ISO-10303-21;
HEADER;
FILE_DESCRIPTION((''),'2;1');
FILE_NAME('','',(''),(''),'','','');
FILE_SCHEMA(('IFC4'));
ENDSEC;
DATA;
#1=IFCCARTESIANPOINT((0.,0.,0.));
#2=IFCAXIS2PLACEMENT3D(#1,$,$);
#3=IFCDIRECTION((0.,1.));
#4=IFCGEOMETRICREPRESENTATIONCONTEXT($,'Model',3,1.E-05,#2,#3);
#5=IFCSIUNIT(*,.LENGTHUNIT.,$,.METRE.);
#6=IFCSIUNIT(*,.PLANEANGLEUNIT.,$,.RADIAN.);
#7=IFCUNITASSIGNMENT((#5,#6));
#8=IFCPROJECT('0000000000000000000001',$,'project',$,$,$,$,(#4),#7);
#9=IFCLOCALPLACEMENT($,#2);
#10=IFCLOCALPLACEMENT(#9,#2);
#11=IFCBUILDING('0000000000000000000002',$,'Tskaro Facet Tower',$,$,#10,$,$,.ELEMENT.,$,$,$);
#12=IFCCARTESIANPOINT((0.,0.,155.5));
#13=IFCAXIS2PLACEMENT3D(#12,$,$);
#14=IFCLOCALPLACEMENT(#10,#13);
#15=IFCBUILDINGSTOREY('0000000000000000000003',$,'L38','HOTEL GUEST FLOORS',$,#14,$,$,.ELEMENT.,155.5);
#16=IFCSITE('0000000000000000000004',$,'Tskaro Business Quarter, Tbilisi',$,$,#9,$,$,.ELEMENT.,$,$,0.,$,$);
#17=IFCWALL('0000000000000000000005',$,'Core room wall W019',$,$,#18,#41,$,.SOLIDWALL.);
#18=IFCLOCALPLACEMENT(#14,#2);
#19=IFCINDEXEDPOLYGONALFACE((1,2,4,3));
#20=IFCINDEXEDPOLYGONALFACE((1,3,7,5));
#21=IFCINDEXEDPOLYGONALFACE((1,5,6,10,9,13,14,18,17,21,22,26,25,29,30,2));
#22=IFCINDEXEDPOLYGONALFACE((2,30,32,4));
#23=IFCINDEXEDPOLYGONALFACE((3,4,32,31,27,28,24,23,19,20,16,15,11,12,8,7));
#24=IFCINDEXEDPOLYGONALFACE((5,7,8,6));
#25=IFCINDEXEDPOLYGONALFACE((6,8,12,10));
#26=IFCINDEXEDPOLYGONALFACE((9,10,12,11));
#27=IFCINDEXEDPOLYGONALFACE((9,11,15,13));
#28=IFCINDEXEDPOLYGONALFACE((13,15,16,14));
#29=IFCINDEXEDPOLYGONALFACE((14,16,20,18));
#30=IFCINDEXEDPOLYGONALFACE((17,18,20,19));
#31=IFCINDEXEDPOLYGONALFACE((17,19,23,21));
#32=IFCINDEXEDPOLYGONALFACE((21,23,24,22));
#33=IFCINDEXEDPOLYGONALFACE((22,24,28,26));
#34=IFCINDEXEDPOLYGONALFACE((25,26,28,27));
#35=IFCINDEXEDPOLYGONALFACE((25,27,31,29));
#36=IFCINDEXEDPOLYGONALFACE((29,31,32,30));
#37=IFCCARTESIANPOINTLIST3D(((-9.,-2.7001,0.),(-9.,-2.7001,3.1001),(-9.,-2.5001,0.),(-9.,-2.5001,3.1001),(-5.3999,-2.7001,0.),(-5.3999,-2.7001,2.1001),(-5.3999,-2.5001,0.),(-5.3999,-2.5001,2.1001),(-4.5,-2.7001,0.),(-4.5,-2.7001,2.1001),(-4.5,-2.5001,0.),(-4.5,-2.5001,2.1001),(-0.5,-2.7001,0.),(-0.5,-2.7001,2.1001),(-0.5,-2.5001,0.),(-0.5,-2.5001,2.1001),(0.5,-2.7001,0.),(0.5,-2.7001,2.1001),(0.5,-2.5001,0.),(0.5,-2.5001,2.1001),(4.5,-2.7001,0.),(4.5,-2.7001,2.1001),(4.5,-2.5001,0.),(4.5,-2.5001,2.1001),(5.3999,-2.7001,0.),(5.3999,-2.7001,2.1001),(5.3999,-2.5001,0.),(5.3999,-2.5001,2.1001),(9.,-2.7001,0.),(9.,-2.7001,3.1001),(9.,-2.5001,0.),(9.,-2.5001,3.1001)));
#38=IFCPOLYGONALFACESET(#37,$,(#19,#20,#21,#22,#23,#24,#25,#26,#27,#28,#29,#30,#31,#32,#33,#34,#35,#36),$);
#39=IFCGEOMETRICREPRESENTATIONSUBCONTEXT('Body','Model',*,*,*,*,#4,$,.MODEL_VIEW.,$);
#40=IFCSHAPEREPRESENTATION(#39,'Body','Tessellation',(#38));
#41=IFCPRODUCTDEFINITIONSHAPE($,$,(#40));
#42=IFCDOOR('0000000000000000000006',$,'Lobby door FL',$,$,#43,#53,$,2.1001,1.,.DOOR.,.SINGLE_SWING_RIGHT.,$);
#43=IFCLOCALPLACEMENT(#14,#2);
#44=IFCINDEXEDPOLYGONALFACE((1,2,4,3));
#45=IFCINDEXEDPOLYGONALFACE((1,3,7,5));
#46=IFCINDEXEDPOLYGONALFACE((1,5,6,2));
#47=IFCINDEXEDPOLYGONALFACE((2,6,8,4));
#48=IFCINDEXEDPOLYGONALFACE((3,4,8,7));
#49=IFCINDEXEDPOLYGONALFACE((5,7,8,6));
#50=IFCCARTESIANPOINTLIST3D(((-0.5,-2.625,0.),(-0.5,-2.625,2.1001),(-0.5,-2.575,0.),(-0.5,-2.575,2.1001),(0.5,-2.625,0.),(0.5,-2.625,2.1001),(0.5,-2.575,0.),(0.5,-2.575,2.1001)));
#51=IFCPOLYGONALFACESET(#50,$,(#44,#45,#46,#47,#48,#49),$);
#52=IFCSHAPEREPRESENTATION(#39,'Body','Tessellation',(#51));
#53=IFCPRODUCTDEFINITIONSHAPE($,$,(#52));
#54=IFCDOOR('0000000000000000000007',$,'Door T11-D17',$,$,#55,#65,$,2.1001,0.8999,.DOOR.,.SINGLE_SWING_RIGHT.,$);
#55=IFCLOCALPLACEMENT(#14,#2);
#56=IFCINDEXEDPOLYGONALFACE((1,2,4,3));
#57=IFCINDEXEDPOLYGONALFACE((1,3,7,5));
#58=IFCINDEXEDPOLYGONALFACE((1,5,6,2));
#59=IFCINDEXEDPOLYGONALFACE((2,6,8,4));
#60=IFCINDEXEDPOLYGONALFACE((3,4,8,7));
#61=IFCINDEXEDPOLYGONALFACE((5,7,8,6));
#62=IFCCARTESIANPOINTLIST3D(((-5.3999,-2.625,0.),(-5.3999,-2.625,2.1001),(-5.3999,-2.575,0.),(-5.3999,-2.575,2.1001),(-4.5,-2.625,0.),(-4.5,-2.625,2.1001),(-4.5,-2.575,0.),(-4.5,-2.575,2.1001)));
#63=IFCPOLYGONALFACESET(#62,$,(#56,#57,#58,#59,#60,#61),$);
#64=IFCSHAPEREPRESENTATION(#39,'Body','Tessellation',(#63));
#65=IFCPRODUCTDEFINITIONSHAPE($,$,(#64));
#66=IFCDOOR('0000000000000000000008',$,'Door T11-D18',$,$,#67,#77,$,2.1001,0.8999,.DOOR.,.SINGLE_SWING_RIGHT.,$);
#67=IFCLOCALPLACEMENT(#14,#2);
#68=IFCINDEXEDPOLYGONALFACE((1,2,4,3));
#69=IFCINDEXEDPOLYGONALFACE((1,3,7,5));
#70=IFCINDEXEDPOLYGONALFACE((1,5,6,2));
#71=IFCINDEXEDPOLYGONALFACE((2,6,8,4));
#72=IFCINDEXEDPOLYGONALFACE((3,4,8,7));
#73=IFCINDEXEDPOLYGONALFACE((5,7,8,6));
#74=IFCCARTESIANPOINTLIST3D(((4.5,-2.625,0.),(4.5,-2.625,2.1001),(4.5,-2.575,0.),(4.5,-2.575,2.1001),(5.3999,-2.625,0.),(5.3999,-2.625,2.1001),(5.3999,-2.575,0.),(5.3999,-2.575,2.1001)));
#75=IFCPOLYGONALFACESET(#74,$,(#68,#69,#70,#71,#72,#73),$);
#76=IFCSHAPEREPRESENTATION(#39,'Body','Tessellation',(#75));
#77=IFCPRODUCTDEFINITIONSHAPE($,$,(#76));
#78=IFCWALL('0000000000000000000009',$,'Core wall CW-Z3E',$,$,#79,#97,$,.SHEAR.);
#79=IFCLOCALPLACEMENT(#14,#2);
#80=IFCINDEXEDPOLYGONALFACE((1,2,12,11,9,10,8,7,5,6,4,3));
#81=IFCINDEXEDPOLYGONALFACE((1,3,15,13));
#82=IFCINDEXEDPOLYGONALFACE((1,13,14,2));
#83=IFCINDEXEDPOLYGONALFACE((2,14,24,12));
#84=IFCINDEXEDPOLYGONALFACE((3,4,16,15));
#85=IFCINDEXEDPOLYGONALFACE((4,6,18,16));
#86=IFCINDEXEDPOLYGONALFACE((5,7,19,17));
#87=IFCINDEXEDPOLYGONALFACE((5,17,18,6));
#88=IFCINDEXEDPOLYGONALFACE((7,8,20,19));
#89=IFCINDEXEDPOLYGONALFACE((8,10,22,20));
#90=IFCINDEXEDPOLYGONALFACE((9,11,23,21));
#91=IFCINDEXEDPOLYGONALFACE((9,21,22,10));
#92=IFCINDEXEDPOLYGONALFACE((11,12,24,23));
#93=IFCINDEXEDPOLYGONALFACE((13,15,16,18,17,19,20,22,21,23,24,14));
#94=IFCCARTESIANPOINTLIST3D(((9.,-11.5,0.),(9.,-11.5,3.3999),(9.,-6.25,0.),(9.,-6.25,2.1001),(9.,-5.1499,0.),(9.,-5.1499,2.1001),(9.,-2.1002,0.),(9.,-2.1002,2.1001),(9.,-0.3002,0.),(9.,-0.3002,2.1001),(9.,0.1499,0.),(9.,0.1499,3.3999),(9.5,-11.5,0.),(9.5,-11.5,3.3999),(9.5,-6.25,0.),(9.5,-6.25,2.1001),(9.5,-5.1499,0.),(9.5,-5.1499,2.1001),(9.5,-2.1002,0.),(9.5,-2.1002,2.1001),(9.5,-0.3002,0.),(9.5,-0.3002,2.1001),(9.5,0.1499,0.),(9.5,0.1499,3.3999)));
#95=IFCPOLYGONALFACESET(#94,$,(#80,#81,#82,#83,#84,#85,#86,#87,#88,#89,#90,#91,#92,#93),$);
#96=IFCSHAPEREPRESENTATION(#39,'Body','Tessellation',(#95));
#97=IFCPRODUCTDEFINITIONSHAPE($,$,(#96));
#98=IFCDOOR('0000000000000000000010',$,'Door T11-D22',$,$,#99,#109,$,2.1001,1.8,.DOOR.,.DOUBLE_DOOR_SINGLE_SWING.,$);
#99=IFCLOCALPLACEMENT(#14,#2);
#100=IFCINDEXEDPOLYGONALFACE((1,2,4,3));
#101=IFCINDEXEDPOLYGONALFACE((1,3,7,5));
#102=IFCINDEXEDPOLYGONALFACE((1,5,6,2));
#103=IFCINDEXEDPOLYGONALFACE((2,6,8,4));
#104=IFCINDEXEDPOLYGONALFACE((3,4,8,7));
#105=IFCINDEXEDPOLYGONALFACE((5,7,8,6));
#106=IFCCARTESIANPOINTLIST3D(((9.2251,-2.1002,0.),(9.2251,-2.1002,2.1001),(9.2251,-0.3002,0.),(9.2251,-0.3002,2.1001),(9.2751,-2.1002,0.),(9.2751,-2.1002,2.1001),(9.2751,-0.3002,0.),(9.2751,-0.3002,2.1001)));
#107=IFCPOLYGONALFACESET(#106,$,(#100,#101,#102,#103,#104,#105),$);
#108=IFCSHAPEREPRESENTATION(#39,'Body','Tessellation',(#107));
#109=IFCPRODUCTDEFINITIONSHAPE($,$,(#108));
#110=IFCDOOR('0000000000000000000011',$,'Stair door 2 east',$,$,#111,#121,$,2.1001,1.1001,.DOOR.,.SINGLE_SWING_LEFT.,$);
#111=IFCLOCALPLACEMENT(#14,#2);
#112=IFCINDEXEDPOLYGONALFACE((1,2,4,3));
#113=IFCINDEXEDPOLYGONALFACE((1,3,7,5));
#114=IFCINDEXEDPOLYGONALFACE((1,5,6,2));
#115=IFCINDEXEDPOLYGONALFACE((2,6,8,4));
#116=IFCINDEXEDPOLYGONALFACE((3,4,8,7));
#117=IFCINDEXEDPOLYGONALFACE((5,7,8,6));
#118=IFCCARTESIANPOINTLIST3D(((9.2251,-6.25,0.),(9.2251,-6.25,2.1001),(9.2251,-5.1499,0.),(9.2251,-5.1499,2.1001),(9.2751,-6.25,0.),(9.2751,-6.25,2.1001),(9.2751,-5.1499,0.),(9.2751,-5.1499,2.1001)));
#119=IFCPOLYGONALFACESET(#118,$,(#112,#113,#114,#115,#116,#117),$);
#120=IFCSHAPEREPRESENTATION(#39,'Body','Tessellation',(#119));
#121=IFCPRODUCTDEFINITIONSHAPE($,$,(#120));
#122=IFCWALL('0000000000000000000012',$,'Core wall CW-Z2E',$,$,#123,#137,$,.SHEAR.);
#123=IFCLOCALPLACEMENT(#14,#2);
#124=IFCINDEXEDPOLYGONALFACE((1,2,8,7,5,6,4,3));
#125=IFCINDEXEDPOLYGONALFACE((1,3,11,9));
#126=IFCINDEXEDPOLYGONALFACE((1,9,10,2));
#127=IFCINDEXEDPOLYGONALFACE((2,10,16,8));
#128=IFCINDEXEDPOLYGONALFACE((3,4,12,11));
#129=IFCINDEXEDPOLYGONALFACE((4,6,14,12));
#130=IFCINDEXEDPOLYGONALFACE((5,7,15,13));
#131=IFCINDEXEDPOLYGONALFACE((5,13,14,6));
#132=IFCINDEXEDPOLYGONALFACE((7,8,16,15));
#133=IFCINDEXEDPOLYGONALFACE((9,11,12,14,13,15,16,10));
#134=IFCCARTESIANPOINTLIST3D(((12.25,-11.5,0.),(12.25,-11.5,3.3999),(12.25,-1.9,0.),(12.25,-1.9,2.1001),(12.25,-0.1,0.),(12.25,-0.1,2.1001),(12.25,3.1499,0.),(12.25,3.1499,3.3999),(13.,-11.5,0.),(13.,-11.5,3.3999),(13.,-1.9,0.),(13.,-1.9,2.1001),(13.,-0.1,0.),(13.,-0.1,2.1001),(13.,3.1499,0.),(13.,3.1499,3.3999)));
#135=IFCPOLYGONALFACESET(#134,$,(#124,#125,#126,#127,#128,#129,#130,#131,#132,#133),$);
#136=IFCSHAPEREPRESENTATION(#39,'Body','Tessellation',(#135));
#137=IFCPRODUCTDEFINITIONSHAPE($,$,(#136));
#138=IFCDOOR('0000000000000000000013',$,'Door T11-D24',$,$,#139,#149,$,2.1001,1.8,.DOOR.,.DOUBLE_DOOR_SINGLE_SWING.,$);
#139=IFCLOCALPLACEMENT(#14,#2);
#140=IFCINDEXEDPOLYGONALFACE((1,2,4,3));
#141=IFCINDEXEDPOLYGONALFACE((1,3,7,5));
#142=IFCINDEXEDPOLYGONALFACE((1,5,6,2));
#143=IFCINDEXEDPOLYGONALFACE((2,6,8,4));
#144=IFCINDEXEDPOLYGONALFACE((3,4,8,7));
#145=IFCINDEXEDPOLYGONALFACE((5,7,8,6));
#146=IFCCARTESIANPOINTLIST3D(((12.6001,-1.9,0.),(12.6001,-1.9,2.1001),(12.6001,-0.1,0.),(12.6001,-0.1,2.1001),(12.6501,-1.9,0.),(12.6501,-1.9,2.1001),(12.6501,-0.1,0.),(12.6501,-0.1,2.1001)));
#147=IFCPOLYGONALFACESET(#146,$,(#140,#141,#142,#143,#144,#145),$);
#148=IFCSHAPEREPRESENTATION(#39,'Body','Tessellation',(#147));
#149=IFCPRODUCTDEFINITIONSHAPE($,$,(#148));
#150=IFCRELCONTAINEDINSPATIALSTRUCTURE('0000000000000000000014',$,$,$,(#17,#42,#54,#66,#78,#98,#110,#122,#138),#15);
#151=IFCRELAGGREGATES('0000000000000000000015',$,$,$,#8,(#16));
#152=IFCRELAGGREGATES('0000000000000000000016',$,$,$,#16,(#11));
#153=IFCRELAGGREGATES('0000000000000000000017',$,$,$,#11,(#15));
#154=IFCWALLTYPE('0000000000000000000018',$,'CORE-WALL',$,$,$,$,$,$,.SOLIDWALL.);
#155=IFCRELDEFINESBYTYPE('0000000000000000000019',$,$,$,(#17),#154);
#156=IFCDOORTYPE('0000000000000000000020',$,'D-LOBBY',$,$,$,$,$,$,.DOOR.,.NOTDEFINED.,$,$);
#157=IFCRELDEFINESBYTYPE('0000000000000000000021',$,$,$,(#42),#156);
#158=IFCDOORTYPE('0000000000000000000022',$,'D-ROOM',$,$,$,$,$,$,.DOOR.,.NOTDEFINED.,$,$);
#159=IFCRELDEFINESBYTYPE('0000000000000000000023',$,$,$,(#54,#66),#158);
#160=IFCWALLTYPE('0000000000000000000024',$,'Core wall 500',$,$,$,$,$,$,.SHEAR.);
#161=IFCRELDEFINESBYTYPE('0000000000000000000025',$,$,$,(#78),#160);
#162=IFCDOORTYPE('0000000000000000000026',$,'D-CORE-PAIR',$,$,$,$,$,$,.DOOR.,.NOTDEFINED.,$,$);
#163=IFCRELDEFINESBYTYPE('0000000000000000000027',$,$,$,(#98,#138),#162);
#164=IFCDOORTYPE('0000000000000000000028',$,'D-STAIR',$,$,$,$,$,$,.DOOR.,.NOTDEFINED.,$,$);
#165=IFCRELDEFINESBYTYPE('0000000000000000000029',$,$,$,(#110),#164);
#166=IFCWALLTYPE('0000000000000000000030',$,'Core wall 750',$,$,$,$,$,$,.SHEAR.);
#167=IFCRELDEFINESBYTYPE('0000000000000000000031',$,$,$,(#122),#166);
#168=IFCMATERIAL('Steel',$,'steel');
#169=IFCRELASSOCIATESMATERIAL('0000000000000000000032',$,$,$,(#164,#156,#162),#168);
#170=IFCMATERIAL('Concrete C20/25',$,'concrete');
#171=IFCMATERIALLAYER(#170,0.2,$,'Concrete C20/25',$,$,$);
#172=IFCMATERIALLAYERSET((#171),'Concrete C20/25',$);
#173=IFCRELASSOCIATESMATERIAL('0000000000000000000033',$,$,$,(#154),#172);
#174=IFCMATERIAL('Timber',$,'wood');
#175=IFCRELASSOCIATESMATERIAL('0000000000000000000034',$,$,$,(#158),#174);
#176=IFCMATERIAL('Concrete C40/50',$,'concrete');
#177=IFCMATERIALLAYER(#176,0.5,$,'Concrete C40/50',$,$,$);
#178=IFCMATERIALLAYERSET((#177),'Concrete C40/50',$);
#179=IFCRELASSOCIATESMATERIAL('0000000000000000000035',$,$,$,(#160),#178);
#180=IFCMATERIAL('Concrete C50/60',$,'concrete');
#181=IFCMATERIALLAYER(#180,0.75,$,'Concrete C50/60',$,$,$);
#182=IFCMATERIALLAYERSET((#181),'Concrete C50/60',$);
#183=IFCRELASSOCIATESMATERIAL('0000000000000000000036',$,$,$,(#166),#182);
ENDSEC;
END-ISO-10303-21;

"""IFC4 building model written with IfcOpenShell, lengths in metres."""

from ifc_helpers import new_model, si_unit, direction, frame, frame_2d, origin, place, context, subcontext, project, spatial, rectangle, extrude, material, layer, layer_set, type_object, element, fill, save


model = new_model("IFC4")

# Units and contexts
model_context = context("Model", 3, precision=1e-05, world=origin(), true_north=direction((0.0, 1.0)))
body_context = subcontext(model_context, "Body", "Model", "MODEL_VIEW")
ifc_project = project(units=[si_unit("LENGTHUNIT", "METRE"), si_unit("PLANEANGLEUNIT", "RADIAN")], contexts=[model_context])

# Site, building, storey
site_placement = place(None, origin())
site = spatial("IfcSite", under=ifc_project, at=site_placement, Name="Tskaro Business Quarter, Tbilisi", CompositionType="ELEMENT", RefElevation=0.0)
building_placement = place(site_placement, origin())
building = spatial("IfcBuilding", under=site, at=building_placement, Name="Tskaro Facet Tower", CompositionType="ELEMENT")
storey_placement = place(building_placement, frame((0.0, 0.0, 155.5)))
storey = spatial("IfcBuildingStorey", under=building, at=storey_placement, Name="L38", Description="HOTEL GUEST FLOORS", CompositionType="ELEMENT", Elevation=155.5)

# Shared definitions
ifc_material_1 = material(Name="Steel", Category="steel")
door_type_1 = type_object("IfcDoorType", Name="D-STAIR", OperationType="NOTDEFINED", PredefinedType="DOOR", material=ifc_material_1)

# Walls, openings, doors
ifc_material_2 = material(Name="Concrete C20/25", Category="concrete")
ifc_layer_1 = layer(ifc_material_2, 0.2, Name="Concrete C20/25")
ifc_layer_set_1 = layer_set([ifc_layer_1], Name="Concrete C20/25")
wall_type_1 = type_object("IfcWallType", Name="CORE-WALL", PredefinedType="SOLIDWALL", material=ifc_layer_set_1)
wall_1_placement = place(storey_placement, frame((9.0, -2.6001, 0.0), z_axis=(0.0, 0.0, 1.0), x_axis=(-1.0, 0.0, 0.0)))
wall_1 = element("IfcWall", 1, at=wall_1_placement, inside=storey, type_object=wall_type_1, Name="Core room wall W019", PredefinedType="SOLIDWALL", context=body_context, shape_type="SweptSolid", body=[
    extrude(rectangle(XDim=18.0, YDim=0.2, at=frame_2d((9.0, 0.0))), origin(), (0.0, 0.0, 1.0), 3.1001),
])
opening_1_placement = place(wall_1_placement, frame((8.5, 0.0, 0.0)))
opening_1 = element("IfcOpeningElement", 2, at=opening_1_placement, cuts=wall_1, PredefinedType="OPENING", context=body_context, shape_type="SweptSolid", body=[
    extrude(rectangle(XDim=1.0, YDim=2.1001, at=frame_2d((0.5, 1.05))), frame((0.0, 0.1099, 0.0), z_axis=(0.0, -1.0, 0.0), x_axis=(1.0, 0.0, 0.0)), (0.0, 0.0, 1.0), 0.22),
])
opening_2_placement = place(wall_1_placement, frame((13.5, 0.0, 0.0)))
opening_2 = element("IfcOpeningElement", 3, at=opening_2_placement, cuts=wall_1, PredefinedType="OPENING", context=body_context, shape_type="SweptSolid", body=[
    extrude(rectangle(XDim=0.8999, YDim=2.1001, at=frame_2d((0.45, 1.05))), frame((0.0, 0.1099, 0.0), z_axis=(0.0, -1.0, 0.0), x_axis=(1.0, 0.0, 0.0)), (0.0, 0.0, 1.0), 0.22),
])
opening_3_placement = place(wall_1_placement, frame((3.6001, 0.0, 0.0)))
opening_3 = element("IfcOpeningElement", 4, at=opening_3_placement, cuts=wall_1, PredefinedType="OPENING", context=body_context, shape_type="SweptSolid", body=[
    extrude(rectangle(XDim=0.8999, YDim=2.1001, at=frame_2d((0.45, 1.05))), frame((0.0, 0.1099, 0.0), z_axis=(0.0, -1.0, 0.0), x_axis=(1.0, 0.0, 0.0)), (0.0, 0.0, 1.0), 0.22),
])
door_type_2 = type_object("IfcDoorType", Name="D-LOBBY", OperationType="NOTDEFINED", PredefinedType="DOOR", material=ifc_material_1)
door_1_placement = place(opening_1_placement, origin())
door_1 = element("IfcDoor", 5, at=door_1_placement, inside=storey, type_object=door_type_2, Name="Lobby door FL", OperationType="SINGLE_SWING_RIGHT", OverallHeight=2.1001, OverallWidth=1.0, PredefinedType="DOOR", context=body_context, shape_type="SweptSolid", body=[
    extrude(rectangle(XDim=1.0, YDim=2.1001, at=frame_2d((0.5, 1.05))), frame((0.0, 0.0249, 0.0), z_axis=(0.0, -1.0, 0.0), x_axis=(1.0, 0.0, 0.0)), (0.0, 0.0, 1.0), 0.05),
])
fill(opening_1, door_1)
ifc_material_3 = material(Name="Timber", Category="wood")
door_type_3 = type_object("IfcDoorType", Name="D-ROOM", OperationType="NOTDEFINED", PredefinedType="DOOR", material=ifc_material_3)
door_2_placement = place(opening_2_placement, origin())
door_2 = element("IfcDoor", 6, at=door_2_placement, inside=storey, type_object=door_type_3, Name="Door T11-D17", OperationType="SINGLE_SWING_RIGHT", OverallHeight=2.1001, OverallWidth=0.8999, PredefinedType="DOOR", context=body_context, shape_type="SweptSolid", body=[
    extrude(rectangle(XDim=0.8999, YDim=2.1001, at=frame_2d((0.45, 1.05))), frame((0.0, 0.0249, 0.0), z_axis=(0.0, -1.0, 0.0), x_axis=(1.0, 0.0, 0.0)), (0.0, 0.0, 1.0), 0.05),
])
fill(opening_2, door_2)
door_3_placement = place(opening_3_placement, origin())
door_3 = element("IfcDoor", 7, at=door_3_placement, inside=storey, type_object=door_type_3, Name="Door T11-D18", OperationType="SINGLE_SWING_RIGHT", OverallHeight=2.1001, OverallWidth=0.8999, PredefinedType="DOOR", context=body_context, shape_type="SweptSolid", body=[
    extrude(rectangle(XDim=0.8999, YDim=2.1001, at=frame_2d((0.45, 1.05))), frame((0.0, 0.0249, 0.0), z_axis=(0.0, -1.0, 0.0), x_axis=(1.0, 0.0, 0.0)), (0.0, 0.0, 1.0), 0.05),
])
fill(opening_3, door_3)
ifc_material_4 = material(Name="Concrete C40/50", Category="concrete")
ifc_layer_2 = layer(ifc_material_4, 0.5, Name="Concrete C40/50")
ifc_layer_set_2 = layer_set([ifc_layer_2], Name="Concrete C40/50")
wall_type_2 = type_object("IfcWallType", Name="Core wall 500", PredefinedType="SHEAR", material=ifc_layer_set_2)
wall_2_placement = place(storey_placement, frame((9.25, -11.5, 0.0), z_axis=(0.0, 0.0, 1.0), x_axis=(0.0, 1.0, 0.0)))
wall_2 = element("IfcWall", 8, at=wall_2_placement, inside=storey, type_object=wall_type_2, Name="Core wall CW-Z3E", PredefinedType="SHEAR", context=body_context, shape_type="SweptSolid", body=[
    extrude(rectangle(XDim=11.6499, YDim=0.5, at=frame_2d((5.825, 0.0))), origin(), (0.0, 0.0, 1.0), 3.3999),
])
opening_4_placement = place(wall_2_placement, frame((9.3999, 0.0, 0.0)))
opening_4 = element("IfcOpeningElement", 9, at=opening_4_placement, cuts=wall_2, PredefinedType="OPENING", context=body_context, shape_type="SweptSolid", body=[
    extrude(rectangle(XDim=1.8, YDim=2.1001, at=frame_2d((0.8999, 1.05))), frame((0.0, 0.26, 0.0), z_axis=(0.0, -1.0, 0.0), x_axis=(1.0, 0.0, 0.0)), (0.0, 0.0, 1.0), 0.52),
])
opening_5_placement = place(wall_2_placement, frame((5.25, 0.0, 0.0)))
opening_5 = element("IfcOpeningElement", 10, at=opening_5_placement, cuts=wall_2, PredefinedType="OPENING", context=body_context, shape_type="SweptSolid", body=[
    extrude(rectangle(XDim=1.1001, YDim=2.1001, at=frame_2d((0.55, 1.05))), frame((0.0, 0.26, 0.0), z_axis=(0.0, -1.0, 0.0), x_axis=(1.0, 0.0, 0.0)), (0.0, 0.0, 1.0), 0.52),
])
door_type_4 = type_object("IfcDoorType", Name="D-CORE-PAIR", OperationType="NOTDEFINED", PredefinedType="DOOR", material=ifc_material_1)
door_4_placement = place(opening_4_placement, origin())
door_4 = element("IfcDoor", 11, at=door_4_placement, inside=storey, type_object=door_type_4, Name="Door T11-D22", OperationType="DOUBLE_DOOR_SINGLE_SWING", OverallHeight=2.1001, OverallWidth=1.8, PredefinedType="DOOR", context=body_context, shape_type="SweptSolid", body=[
    extrude(rectangle(XDim=1.8, YDim=2.1001, at=frame_2d((0.8999, 1.05))), frame((0.0, 0.0249, 0.0), z_axis=(0.0, -1.0, 0.0), x_axis=(1.0, 0.0, 0.0)), (0.0, 0.0, 1.0), 0.05),
])
fill(opening_4, door_4)
door_5_placement = place(opening_5_placement, origin())
door_5 = element("IfcDoor", 12, at=door_5_placement, inside=storey, type_object=door_type_1, Name="Stair door 2 east", OperationType="SINGLE_SWING_LEFT", OverallHeight=2.1001, OverallWidth=1.1001, PredefinedType="DOOR", context=body_context, shape_type="SweptSolid", body=[
    extrude(rectangle(XDim=1.1001, YDim=2.1001, at=frame_2d((0.55, 1.05))), frame((0.0, 0.0249, 0.0), z_axis=(0.0, -1.0, 0.0), x_axis=(1.0, 0.0, 0.0)), (0.0, 0.0, 1.0), 0.05),
])
fill(opening_5, door_5)

# Wall, opening, door
ifc_material_5 = material(Name="Concrete C50/60", Category="concrete")
ifc_layer_3 = layer(ifc_material_5, 0.75, Name="Concrete C50/60")
ifc_layer_set_3 = layer_set([ifc_layer_3], Name="Concrete C50/60")
wall_type_3 = type_object("IfcWallType", Name="Core wall 750", PredefinedType="SHEAR", material=ifc_layer_set_3)
wall_3_placement = place(storey_placement, frame((12.625, -11.5, 0.0), z_axis=(0.0, 0.0, 1.0), x_axis=(0.0, 1.0, 0.0)))
wall_3 = element("IfcWall", 13, at=wall_3_placement, inside=storey, type_object=wall_type_3, Name="Core wall CW-Z2E", PredefinedType="SHEAR", context=body_context, shape_type="SweptSolid", body=[
    extrude(rectangle(XDim=14.6499, YDim=0.75, at=frame_2d((7.325, 0.0))), origin(), (0.0, 0.0, 1.0), 3.3999),
])
opening_6_placement = place(wall_3_placement, frame((9.6001, 0.0, 0.0)))
opening_6 = element("IfcOpeningElement", 14, at=opening_6_placement, cuts=wall_3, PredefinedType="OPENING", context=body_context, shape_type="SweptSolid", body=[
    extrude(rectangle(XDim=1.8, YDim=2.1001, at=frame_2d((0.8999, 1.05))), frame((0.0, 0.385, 0.0), z_axis=(0.0, -1.0, 0.0), x_axis=(1.0, 0.0, 0.0)), (0.0, 0.0, 1.0), 0.77),
])
door_6_placement = place(opening_6_placement, origin())
door_6 = element("IfcDoor", 15, at=door_6_placement, inside=storey, type_object=door_type_4, Name="Door T11-D24", OperationType="DOUBLE_DOOR_SINGLE_SWING", OverallHeight=2.1001, OverallWidth=1.8, PredefinedType="DOOR", context=body_context, shape_type="SweptSolid", body=[
    extrude(rectangle(XDim=1.8, YDim=2.1001, at=frame_2d((0.8999, 1.05))), frame((0.0, 0.0249, 0.0), z_axis=(0.0, -1.0, 0.0), x_axis=(1.0, 0.0, 0.0)), (0.0, 0.0, 1.0), 0.05),
])
fill(opening_6, door_6)

save(model, "model.ifc")
